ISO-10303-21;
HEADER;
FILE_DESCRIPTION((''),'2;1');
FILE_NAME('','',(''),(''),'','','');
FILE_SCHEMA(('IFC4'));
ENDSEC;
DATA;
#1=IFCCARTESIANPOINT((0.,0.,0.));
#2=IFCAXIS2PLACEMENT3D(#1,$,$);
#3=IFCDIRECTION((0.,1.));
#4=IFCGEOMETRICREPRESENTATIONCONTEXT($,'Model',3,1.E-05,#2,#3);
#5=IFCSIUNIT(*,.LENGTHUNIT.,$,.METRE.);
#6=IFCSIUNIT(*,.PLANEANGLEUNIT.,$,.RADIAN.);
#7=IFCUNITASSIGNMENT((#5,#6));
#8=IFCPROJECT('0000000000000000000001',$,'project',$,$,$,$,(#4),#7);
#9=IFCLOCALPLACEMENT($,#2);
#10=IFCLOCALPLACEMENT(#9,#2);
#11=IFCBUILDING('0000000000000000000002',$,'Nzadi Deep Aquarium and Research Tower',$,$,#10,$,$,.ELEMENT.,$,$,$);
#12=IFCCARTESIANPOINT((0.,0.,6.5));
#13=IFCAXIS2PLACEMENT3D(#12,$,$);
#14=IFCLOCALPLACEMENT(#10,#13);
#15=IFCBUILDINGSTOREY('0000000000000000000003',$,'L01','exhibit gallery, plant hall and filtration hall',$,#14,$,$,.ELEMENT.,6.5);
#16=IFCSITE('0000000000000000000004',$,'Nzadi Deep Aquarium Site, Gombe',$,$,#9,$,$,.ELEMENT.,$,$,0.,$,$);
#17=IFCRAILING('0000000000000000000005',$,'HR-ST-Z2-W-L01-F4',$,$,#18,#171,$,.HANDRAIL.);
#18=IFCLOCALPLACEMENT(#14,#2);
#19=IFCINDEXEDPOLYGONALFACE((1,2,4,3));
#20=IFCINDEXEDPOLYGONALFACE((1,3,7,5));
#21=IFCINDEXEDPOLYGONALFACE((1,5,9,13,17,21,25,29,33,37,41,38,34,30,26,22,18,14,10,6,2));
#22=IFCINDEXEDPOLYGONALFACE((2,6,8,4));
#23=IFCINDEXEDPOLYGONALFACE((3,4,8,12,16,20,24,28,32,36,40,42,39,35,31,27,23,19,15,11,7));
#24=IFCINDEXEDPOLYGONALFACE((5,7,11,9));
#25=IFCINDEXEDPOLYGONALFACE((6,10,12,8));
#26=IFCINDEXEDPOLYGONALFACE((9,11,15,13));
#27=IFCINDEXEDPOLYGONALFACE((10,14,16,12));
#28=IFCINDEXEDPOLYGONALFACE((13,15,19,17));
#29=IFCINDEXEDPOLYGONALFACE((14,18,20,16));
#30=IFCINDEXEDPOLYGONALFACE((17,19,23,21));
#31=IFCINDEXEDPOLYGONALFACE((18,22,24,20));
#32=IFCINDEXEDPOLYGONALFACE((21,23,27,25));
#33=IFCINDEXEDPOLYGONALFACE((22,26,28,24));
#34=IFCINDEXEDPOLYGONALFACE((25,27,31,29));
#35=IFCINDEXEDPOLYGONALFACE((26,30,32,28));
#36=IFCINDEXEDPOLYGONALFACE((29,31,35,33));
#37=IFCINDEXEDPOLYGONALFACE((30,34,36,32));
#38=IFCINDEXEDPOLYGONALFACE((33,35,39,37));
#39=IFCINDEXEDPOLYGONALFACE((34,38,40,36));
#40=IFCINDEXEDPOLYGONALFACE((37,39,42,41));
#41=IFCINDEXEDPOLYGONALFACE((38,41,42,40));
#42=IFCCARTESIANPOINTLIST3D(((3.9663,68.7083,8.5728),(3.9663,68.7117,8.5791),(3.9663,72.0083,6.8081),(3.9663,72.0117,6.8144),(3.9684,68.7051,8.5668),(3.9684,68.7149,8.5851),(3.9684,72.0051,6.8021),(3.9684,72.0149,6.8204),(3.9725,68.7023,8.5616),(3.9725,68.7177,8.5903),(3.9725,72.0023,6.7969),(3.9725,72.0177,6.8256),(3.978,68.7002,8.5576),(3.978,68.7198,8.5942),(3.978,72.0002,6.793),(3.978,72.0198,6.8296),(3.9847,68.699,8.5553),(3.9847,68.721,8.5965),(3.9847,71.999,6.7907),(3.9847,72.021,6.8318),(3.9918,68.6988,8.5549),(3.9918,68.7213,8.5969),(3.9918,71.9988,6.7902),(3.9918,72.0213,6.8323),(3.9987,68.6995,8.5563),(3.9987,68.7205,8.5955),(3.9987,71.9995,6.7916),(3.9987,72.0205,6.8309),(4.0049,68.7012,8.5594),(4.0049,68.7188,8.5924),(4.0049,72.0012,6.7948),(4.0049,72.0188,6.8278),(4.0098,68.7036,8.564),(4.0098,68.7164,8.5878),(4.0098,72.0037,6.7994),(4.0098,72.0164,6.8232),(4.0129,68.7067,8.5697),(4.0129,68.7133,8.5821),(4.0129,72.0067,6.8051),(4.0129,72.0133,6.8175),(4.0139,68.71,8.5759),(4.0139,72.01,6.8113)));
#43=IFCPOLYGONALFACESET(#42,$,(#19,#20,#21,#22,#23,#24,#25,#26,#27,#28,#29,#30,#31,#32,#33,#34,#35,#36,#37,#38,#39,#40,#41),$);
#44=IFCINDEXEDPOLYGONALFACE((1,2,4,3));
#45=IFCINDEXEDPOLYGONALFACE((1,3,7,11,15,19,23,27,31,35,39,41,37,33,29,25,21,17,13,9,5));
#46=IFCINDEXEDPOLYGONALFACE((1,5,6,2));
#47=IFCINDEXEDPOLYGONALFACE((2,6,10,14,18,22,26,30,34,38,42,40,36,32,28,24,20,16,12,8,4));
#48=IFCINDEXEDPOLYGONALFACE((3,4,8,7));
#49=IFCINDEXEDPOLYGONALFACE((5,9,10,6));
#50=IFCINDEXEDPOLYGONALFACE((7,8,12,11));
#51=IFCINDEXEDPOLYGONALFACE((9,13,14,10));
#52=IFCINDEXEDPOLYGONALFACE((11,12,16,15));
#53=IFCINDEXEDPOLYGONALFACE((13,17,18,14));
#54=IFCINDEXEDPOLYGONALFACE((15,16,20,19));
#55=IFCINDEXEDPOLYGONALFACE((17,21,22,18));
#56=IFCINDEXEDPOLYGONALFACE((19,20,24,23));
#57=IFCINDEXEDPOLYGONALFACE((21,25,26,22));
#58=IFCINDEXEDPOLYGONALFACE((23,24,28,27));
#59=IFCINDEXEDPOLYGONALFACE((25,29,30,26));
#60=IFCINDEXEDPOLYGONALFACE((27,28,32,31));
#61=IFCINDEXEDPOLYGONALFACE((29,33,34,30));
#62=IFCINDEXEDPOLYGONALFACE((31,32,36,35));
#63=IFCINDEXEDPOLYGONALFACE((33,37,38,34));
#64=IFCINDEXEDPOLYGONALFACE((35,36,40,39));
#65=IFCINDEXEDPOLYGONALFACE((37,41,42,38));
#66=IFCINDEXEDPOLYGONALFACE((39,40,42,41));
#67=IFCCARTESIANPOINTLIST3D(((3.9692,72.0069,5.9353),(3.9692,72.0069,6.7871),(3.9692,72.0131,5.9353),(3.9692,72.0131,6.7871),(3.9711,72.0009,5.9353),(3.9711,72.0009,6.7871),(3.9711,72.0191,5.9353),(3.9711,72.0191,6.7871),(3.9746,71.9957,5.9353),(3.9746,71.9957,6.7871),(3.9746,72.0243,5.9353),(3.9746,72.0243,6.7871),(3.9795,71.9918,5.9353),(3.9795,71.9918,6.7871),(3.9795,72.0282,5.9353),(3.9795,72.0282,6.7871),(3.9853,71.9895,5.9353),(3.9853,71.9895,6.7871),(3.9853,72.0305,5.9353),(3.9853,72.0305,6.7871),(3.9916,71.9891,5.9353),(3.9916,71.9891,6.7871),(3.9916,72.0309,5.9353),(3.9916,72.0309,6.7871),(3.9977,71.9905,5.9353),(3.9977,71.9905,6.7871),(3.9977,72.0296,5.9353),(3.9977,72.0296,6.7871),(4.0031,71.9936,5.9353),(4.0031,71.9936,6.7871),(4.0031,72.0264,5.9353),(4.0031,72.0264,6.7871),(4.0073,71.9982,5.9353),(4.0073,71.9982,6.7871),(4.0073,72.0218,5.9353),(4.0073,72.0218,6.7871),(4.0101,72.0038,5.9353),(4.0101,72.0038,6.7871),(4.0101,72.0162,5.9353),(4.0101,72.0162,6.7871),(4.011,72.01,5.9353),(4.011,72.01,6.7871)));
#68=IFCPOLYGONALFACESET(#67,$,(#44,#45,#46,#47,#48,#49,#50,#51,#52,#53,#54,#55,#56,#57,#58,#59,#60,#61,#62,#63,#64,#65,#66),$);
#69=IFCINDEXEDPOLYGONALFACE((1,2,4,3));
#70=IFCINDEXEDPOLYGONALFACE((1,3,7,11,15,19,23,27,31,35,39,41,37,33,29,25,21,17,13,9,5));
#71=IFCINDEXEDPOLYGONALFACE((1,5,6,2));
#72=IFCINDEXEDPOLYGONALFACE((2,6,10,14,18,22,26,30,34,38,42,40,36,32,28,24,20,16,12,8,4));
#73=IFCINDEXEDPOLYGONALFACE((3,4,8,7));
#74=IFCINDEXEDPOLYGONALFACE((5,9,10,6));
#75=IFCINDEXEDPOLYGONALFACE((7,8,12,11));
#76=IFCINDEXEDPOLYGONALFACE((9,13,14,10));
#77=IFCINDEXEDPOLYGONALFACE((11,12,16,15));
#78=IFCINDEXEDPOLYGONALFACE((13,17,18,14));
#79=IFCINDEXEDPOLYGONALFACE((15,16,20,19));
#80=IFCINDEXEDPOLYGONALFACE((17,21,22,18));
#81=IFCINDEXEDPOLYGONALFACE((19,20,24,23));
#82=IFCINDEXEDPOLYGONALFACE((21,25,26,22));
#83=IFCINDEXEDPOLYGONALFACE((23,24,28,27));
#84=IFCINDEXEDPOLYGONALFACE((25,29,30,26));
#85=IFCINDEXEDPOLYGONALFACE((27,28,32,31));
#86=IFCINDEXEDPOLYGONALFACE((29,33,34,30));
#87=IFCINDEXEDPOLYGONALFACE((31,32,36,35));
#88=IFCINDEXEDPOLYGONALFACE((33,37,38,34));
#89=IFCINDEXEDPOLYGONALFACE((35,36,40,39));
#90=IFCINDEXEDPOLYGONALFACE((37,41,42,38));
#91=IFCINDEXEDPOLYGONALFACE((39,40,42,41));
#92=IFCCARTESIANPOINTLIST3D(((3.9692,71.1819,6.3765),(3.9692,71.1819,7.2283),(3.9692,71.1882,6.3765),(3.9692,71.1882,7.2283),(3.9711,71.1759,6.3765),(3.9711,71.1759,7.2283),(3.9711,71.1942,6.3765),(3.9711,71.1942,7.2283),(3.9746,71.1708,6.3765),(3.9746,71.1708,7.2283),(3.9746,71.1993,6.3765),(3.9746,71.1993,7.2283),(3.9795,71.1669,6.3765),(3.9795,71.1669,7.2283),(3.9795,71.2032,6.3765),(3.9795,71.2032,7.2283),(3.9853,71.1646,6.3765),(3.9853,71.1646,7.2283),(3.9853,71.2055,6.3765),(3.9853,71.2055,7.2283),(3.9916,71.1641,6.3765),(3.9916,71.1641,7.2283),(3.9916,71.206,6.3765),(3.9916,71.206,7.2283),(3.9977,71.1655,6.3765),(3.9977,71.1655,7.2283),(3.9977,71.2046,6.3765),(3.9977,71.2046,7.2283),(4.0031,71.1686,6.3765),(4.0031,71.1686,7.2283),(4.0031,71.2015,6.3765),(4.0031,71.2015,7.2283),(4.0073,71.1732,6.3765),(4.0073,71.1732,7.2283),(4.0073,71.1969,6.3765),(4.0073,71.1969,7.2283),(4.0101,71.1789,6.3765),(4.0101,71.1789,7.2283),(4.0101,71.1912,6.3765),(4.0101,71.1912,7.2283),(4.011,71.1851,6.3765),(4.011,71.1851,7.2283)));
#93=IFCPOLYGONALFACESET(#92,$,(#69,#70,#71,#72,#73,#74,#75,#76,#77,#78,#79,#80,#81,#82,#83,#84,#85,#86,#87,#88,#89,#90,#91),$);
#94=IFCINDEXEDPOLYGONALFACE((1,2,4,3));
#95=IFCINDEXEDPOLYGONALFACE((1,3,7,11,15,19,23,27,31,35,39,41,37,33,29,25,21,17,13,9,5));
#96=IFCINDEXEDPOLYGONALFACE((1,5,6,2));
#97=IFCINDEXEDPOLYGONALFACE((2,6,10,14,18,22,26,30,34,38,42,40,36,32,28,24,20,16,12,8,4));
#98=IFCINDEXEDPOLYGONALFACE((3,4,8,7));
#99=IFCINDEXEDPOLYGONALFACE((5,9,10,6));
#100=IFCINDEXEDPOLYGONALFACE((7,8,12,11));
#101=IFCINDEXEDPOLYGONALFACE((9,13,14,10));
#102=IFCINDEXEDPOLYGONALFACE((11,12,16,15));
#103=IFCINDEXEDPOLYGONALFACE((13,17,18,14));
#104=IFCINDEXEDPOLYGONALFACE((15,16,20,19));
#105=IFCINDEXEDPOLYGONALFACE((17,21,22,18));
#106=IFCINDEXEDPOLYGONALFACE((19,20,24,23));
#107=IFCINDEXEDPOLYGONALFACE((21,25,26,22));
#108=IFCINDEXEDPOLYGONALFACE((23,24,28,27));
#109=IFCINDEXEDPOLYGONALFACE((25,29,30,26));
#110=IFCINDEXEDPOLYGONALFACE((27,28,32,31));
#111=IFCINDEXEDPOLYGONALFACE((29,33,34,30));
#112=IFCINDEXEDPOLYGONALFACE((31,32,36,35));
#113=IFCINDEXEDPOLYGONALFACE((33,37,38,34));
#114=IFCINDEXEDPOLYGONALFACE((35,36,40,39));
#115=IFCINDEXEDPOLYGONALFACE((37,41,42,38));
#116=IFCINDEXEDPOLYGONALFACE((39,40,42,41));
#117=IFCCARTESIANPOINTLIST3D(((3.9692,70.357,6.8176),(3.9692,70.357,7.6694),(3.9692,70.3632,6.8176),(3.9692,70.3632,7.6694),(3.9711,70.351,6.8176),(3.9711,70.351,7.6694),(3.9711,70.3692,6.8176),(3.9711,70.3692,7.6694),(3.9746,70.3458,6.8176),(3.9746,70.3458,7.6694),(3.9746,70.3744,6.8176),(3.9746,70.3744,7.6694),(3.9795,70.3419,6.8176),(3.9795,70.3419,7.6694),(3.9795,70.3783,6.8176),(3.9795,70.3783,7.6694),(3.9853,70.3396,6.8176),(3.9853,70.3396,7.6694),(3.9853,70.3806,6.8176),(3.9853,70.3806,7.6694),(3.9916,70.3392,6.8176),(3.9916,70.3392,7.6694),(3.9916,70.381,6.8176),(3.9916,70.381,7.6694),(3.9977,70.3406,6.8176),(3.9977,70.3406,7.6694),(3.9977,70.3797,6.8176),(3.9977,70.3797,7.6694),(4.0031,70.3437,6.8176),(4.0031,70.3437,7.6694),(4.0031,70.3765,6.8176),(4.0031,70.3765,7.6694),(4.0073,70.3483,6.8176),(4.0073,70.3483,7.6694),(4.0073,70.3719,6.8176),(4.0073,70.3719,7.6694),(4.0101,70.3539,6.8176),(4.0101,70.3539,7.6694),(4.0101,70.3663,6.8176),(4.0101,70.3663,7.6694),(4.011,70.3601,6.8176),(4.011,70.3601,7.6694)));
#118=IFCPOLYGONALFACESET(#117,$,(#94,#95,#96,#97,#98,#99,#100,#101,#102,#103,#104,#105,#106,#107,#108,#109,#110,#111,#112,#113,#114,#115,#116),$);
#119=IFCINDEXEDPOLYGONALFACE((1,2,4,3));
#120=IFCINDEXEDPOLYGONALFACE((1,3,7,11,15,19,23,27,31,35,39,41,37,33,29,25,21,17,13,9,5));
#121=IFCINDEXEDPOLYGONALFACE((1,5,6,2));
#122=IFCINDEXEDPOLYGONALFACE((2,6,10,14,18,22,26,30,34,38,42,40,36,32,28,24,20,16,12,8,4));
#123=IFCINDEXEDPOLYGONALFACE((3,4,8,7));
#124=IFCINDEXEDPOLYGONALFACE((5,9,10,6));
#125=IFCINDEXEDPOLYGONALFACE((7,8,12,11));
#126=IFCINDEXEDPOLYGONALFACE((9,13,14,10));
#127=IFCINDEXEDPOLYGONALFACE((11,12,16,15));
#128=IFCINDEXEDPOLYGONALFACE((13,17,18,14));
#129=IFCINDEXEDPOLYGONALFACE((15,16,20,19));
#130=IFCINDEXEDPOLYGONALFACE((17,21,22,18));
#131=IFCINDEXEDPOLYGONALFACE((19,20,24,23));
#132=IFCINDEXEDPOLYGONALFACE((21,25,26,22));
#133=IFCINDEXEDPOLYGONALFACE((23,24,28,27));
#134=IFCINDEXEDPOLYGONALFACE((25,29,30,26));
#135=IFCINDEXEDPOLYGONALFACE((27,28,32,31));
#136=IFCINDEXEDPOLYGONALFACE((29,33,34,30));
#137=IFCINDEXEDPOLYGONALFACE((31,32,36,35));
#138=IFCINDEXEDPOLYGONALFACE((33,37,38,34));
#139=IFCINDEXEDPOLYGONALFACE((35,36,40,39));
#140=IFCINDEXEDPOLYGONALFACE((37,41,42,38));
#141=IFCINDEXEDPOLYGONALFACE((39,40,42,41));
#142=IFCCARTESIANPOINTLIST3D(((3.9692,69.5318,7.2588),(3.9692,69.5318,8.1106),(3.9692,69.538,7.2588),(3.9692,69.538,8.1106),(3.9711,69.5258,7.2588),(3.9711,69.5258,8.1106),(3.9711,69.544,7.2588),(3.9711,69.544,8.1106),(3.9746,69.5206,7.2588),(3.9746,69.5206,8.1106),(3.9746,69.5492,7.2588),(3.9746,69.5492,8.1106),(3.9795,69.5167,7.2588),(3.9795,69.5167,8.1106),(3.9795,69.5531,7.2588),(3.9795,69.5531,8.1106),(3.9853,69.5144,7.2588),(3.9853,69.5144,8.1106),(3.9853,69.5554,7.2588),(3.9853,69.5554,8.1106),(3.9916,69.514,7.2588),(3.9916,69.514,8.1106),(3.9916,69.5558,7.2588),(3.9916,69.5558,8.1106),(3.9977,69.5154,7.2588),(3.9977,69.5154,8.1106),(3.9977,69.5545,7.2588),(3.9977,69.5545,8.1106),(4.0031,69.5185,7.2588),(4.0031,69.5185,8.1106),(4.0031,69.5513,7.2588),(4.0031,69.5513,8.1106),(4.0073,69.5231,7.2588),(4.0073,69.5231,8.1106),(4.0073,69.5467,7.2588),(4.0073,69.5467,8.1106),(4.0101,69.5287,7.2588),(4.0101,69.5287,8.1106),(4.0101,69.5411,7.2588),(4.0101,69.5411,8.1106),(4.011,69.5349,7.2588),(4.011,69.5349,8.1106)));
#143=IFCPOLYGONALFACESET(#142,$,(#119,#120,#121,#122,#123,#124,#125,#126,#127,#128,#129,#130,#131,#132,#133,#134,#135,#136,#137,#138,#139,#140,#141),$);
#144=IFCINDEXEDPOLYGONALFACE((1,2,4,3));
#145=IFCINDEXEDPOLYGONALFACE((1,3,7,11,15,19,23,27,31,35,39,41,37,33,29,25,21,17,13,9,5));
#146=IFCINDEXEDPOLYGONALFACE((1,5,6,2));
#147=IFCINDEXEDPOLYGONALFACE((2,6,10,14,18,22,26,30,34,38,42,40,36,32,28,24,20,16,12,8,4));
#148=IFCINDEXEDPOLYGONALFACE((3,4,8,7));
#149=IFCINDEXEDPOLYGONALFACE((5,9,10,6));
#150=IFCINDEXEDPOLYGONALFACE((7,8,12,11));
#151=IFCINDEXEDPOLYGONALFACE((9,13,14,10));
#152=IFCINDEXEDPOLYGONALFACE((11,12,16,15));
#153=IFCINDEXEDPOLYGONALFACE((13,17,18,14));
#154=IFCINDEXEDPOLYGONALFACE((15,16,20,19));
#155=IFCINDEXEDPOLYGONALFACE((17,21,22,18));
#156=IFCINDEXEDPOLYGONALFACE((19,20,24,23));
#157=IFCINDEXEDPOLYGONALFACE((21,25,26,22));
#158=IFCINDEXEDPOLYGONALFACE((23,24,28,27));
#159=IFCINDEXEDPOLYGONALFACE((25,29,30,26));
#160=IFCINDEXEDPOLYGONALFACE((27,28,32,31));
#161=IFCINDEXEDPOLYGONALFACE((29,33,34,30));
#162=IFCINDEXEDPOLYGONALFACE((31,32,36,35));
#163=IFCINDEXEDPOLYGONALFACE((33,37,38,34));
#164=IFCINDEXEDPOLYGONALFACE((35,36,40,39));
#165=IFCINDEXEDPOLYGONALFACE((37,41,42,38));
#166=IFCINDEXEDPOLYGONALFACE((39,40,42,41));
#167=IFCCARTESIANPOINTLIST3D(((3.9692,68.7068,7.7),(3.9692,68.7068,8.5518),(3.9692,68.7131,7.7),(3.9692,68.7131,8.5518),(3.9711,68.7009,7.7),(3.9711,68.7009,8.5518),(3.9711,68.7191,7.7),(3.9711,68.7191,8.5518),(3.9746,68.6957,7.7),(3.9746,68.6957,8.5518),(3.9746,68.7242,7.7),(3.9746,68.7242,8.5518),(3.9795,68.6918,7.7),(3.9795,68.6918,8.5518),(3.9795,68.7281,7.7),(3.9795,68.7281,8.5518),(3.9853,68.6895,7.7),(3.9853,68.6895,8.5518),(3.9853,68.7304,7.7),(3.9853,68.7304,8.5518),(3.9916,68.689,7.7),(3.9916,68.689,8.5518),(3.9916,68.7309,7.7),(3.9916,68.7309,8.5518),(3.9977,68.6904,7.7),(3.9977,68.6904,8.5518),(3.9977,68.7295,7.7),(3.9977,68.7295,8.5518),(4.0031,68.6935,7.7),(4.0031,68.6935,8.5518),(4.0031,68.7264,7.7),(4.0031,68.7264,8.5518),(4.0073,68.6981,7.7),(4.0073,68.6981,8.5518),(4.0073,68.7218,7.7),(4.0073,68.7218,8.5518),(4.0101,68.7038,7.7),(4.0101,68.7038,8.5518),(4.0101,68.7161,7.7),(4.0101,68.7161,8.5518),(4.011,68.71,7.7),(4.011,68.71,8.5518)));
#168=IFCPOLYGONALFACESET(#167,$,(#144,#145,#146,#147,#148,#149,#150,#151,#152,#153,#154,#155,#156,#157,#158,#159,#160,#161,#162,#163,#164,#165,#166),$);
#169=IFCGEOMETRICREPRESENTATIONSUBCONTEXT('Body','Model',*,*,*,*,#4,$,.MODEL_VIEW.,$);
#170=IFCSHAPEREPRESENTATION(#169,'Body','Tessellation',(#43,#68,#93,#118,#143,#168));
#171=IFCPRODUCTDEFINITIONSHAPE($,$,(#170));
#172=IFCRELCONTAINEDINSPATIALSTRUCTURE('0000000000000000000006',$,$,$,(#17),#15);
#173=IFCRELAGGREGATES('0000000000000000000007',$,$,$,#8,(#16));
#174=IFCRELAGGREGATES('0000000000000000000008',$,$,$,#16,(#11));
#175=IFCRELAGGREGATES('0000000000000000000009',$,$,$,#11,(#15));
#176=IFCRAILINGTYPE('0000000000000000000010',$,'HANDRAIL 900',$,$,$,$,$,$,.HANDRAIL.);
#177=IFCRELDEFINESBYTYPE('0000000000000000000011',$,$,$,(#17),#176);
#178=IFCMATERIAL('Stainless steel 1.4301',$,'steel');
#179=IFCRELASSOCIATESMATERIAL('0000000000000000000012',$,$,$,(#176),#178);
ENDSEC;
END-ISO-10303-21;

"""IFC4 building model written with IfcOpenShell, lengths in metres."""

from ifc_helpers import new_model, si_unit, direction, frame, origin, origin_2d, place, context, subcontext, project, spatial, circle, extrude, material, type_object, element, save


model = new_model("IFC4")

# Units and contexts
model_context = context("Model", 3, precision=1e-05, world=origin(), true_north=direction((0.0, 1.0)))
body_context = subcontext(model_context, "Body", "Model", "MODEL_VIEW")
ifc_project = project(units=[si_unit("LENGTHUNIT", "METRE"), si_unit("PLANEANGLEUNIT", "RADIAN")], contexts=[model_context])

# Site, building, storey
site_placement = place(None, origin())
site = spatial("IfcSite", under=ifc_project, at=site_placement, Name="Nzadi Deep Aquarium Site, Gombe", CompositionType="ELEMENT", RefElevation=0.0)
building_placement = place(site_placement, origin())
building = spatial("IfcBuilding", under=site, at=building_placement, Name="Nzadi Deep Aquarium and Research Tower", CompositionType="ELEMENT")
storey_placement = place(building_placement, frame((0.0, 0.0, 6.5)))
storey = spatial("IfcBuildingStorey", under=building, at=storey_placement, Name="L01", Description="exhibit gallery, plant hall and filtration hall", CompositionType="ELEMENT", Elevation=6.5)

# Railing
ifc_material_1 = material(Name="Stainless steel 1.4301", Category="steel")
railing_type = type_object("IfcRailingType", Name="HANDRAIL 900", PredefinedType="HANDRAIL", material=ifc_material_1)
for number, where, name in (
    (1, (3.99, 72.01, 5.9353), "HR-ST-Z2-W-L01-F4"),
):
    element("IfcRailing", number, at=place(storey_placement, frame(where)), inside=storey, type_object=railing_type, Name=name, PredefinedType="HANDRAIL", context=body_context, shape_type="SweptSolid", body=[
        extrude(circle(Radius=0.0239, at=origin_2d()), frame((0.0, 0.0, 0.876), z_axis=(0.0, -0.88184, 0.47155), x_axis=(1.0, 0.0, 0.0)), (0.0, 0.0, 1.0), 3.7422),
        extrude(circle(Radius=0.021, at=origin_2d()), origin(), (0.0, 0.0, 1.0), 0.8518),
        extrude(circle(Radius=0.021, at=origin_2d()), frame((0.0, -0.825, 0.4412)), (0.0, 0.0, 1.0), 0.8518),
        extrude(circle(Radius=0.021, at=origin_2d()), frame((0.0, -1.6499, 0.8823)), (0.0, 0.0, 1.0), 0.8518),
        extrude(circle(Radius=0.021, at=origin_2d()), frame((0.0, -2.4751, 1.3235)), (0.0, 0.0, 1.0), 0.8518),
        extrude(circle(Radius=0.021, at=origin_2d()), frame((0.0, -3.3, 1.7646)), (0.0, 0.0, 1.0), 0.8518),
    ])

save(model, "model.ifc")
